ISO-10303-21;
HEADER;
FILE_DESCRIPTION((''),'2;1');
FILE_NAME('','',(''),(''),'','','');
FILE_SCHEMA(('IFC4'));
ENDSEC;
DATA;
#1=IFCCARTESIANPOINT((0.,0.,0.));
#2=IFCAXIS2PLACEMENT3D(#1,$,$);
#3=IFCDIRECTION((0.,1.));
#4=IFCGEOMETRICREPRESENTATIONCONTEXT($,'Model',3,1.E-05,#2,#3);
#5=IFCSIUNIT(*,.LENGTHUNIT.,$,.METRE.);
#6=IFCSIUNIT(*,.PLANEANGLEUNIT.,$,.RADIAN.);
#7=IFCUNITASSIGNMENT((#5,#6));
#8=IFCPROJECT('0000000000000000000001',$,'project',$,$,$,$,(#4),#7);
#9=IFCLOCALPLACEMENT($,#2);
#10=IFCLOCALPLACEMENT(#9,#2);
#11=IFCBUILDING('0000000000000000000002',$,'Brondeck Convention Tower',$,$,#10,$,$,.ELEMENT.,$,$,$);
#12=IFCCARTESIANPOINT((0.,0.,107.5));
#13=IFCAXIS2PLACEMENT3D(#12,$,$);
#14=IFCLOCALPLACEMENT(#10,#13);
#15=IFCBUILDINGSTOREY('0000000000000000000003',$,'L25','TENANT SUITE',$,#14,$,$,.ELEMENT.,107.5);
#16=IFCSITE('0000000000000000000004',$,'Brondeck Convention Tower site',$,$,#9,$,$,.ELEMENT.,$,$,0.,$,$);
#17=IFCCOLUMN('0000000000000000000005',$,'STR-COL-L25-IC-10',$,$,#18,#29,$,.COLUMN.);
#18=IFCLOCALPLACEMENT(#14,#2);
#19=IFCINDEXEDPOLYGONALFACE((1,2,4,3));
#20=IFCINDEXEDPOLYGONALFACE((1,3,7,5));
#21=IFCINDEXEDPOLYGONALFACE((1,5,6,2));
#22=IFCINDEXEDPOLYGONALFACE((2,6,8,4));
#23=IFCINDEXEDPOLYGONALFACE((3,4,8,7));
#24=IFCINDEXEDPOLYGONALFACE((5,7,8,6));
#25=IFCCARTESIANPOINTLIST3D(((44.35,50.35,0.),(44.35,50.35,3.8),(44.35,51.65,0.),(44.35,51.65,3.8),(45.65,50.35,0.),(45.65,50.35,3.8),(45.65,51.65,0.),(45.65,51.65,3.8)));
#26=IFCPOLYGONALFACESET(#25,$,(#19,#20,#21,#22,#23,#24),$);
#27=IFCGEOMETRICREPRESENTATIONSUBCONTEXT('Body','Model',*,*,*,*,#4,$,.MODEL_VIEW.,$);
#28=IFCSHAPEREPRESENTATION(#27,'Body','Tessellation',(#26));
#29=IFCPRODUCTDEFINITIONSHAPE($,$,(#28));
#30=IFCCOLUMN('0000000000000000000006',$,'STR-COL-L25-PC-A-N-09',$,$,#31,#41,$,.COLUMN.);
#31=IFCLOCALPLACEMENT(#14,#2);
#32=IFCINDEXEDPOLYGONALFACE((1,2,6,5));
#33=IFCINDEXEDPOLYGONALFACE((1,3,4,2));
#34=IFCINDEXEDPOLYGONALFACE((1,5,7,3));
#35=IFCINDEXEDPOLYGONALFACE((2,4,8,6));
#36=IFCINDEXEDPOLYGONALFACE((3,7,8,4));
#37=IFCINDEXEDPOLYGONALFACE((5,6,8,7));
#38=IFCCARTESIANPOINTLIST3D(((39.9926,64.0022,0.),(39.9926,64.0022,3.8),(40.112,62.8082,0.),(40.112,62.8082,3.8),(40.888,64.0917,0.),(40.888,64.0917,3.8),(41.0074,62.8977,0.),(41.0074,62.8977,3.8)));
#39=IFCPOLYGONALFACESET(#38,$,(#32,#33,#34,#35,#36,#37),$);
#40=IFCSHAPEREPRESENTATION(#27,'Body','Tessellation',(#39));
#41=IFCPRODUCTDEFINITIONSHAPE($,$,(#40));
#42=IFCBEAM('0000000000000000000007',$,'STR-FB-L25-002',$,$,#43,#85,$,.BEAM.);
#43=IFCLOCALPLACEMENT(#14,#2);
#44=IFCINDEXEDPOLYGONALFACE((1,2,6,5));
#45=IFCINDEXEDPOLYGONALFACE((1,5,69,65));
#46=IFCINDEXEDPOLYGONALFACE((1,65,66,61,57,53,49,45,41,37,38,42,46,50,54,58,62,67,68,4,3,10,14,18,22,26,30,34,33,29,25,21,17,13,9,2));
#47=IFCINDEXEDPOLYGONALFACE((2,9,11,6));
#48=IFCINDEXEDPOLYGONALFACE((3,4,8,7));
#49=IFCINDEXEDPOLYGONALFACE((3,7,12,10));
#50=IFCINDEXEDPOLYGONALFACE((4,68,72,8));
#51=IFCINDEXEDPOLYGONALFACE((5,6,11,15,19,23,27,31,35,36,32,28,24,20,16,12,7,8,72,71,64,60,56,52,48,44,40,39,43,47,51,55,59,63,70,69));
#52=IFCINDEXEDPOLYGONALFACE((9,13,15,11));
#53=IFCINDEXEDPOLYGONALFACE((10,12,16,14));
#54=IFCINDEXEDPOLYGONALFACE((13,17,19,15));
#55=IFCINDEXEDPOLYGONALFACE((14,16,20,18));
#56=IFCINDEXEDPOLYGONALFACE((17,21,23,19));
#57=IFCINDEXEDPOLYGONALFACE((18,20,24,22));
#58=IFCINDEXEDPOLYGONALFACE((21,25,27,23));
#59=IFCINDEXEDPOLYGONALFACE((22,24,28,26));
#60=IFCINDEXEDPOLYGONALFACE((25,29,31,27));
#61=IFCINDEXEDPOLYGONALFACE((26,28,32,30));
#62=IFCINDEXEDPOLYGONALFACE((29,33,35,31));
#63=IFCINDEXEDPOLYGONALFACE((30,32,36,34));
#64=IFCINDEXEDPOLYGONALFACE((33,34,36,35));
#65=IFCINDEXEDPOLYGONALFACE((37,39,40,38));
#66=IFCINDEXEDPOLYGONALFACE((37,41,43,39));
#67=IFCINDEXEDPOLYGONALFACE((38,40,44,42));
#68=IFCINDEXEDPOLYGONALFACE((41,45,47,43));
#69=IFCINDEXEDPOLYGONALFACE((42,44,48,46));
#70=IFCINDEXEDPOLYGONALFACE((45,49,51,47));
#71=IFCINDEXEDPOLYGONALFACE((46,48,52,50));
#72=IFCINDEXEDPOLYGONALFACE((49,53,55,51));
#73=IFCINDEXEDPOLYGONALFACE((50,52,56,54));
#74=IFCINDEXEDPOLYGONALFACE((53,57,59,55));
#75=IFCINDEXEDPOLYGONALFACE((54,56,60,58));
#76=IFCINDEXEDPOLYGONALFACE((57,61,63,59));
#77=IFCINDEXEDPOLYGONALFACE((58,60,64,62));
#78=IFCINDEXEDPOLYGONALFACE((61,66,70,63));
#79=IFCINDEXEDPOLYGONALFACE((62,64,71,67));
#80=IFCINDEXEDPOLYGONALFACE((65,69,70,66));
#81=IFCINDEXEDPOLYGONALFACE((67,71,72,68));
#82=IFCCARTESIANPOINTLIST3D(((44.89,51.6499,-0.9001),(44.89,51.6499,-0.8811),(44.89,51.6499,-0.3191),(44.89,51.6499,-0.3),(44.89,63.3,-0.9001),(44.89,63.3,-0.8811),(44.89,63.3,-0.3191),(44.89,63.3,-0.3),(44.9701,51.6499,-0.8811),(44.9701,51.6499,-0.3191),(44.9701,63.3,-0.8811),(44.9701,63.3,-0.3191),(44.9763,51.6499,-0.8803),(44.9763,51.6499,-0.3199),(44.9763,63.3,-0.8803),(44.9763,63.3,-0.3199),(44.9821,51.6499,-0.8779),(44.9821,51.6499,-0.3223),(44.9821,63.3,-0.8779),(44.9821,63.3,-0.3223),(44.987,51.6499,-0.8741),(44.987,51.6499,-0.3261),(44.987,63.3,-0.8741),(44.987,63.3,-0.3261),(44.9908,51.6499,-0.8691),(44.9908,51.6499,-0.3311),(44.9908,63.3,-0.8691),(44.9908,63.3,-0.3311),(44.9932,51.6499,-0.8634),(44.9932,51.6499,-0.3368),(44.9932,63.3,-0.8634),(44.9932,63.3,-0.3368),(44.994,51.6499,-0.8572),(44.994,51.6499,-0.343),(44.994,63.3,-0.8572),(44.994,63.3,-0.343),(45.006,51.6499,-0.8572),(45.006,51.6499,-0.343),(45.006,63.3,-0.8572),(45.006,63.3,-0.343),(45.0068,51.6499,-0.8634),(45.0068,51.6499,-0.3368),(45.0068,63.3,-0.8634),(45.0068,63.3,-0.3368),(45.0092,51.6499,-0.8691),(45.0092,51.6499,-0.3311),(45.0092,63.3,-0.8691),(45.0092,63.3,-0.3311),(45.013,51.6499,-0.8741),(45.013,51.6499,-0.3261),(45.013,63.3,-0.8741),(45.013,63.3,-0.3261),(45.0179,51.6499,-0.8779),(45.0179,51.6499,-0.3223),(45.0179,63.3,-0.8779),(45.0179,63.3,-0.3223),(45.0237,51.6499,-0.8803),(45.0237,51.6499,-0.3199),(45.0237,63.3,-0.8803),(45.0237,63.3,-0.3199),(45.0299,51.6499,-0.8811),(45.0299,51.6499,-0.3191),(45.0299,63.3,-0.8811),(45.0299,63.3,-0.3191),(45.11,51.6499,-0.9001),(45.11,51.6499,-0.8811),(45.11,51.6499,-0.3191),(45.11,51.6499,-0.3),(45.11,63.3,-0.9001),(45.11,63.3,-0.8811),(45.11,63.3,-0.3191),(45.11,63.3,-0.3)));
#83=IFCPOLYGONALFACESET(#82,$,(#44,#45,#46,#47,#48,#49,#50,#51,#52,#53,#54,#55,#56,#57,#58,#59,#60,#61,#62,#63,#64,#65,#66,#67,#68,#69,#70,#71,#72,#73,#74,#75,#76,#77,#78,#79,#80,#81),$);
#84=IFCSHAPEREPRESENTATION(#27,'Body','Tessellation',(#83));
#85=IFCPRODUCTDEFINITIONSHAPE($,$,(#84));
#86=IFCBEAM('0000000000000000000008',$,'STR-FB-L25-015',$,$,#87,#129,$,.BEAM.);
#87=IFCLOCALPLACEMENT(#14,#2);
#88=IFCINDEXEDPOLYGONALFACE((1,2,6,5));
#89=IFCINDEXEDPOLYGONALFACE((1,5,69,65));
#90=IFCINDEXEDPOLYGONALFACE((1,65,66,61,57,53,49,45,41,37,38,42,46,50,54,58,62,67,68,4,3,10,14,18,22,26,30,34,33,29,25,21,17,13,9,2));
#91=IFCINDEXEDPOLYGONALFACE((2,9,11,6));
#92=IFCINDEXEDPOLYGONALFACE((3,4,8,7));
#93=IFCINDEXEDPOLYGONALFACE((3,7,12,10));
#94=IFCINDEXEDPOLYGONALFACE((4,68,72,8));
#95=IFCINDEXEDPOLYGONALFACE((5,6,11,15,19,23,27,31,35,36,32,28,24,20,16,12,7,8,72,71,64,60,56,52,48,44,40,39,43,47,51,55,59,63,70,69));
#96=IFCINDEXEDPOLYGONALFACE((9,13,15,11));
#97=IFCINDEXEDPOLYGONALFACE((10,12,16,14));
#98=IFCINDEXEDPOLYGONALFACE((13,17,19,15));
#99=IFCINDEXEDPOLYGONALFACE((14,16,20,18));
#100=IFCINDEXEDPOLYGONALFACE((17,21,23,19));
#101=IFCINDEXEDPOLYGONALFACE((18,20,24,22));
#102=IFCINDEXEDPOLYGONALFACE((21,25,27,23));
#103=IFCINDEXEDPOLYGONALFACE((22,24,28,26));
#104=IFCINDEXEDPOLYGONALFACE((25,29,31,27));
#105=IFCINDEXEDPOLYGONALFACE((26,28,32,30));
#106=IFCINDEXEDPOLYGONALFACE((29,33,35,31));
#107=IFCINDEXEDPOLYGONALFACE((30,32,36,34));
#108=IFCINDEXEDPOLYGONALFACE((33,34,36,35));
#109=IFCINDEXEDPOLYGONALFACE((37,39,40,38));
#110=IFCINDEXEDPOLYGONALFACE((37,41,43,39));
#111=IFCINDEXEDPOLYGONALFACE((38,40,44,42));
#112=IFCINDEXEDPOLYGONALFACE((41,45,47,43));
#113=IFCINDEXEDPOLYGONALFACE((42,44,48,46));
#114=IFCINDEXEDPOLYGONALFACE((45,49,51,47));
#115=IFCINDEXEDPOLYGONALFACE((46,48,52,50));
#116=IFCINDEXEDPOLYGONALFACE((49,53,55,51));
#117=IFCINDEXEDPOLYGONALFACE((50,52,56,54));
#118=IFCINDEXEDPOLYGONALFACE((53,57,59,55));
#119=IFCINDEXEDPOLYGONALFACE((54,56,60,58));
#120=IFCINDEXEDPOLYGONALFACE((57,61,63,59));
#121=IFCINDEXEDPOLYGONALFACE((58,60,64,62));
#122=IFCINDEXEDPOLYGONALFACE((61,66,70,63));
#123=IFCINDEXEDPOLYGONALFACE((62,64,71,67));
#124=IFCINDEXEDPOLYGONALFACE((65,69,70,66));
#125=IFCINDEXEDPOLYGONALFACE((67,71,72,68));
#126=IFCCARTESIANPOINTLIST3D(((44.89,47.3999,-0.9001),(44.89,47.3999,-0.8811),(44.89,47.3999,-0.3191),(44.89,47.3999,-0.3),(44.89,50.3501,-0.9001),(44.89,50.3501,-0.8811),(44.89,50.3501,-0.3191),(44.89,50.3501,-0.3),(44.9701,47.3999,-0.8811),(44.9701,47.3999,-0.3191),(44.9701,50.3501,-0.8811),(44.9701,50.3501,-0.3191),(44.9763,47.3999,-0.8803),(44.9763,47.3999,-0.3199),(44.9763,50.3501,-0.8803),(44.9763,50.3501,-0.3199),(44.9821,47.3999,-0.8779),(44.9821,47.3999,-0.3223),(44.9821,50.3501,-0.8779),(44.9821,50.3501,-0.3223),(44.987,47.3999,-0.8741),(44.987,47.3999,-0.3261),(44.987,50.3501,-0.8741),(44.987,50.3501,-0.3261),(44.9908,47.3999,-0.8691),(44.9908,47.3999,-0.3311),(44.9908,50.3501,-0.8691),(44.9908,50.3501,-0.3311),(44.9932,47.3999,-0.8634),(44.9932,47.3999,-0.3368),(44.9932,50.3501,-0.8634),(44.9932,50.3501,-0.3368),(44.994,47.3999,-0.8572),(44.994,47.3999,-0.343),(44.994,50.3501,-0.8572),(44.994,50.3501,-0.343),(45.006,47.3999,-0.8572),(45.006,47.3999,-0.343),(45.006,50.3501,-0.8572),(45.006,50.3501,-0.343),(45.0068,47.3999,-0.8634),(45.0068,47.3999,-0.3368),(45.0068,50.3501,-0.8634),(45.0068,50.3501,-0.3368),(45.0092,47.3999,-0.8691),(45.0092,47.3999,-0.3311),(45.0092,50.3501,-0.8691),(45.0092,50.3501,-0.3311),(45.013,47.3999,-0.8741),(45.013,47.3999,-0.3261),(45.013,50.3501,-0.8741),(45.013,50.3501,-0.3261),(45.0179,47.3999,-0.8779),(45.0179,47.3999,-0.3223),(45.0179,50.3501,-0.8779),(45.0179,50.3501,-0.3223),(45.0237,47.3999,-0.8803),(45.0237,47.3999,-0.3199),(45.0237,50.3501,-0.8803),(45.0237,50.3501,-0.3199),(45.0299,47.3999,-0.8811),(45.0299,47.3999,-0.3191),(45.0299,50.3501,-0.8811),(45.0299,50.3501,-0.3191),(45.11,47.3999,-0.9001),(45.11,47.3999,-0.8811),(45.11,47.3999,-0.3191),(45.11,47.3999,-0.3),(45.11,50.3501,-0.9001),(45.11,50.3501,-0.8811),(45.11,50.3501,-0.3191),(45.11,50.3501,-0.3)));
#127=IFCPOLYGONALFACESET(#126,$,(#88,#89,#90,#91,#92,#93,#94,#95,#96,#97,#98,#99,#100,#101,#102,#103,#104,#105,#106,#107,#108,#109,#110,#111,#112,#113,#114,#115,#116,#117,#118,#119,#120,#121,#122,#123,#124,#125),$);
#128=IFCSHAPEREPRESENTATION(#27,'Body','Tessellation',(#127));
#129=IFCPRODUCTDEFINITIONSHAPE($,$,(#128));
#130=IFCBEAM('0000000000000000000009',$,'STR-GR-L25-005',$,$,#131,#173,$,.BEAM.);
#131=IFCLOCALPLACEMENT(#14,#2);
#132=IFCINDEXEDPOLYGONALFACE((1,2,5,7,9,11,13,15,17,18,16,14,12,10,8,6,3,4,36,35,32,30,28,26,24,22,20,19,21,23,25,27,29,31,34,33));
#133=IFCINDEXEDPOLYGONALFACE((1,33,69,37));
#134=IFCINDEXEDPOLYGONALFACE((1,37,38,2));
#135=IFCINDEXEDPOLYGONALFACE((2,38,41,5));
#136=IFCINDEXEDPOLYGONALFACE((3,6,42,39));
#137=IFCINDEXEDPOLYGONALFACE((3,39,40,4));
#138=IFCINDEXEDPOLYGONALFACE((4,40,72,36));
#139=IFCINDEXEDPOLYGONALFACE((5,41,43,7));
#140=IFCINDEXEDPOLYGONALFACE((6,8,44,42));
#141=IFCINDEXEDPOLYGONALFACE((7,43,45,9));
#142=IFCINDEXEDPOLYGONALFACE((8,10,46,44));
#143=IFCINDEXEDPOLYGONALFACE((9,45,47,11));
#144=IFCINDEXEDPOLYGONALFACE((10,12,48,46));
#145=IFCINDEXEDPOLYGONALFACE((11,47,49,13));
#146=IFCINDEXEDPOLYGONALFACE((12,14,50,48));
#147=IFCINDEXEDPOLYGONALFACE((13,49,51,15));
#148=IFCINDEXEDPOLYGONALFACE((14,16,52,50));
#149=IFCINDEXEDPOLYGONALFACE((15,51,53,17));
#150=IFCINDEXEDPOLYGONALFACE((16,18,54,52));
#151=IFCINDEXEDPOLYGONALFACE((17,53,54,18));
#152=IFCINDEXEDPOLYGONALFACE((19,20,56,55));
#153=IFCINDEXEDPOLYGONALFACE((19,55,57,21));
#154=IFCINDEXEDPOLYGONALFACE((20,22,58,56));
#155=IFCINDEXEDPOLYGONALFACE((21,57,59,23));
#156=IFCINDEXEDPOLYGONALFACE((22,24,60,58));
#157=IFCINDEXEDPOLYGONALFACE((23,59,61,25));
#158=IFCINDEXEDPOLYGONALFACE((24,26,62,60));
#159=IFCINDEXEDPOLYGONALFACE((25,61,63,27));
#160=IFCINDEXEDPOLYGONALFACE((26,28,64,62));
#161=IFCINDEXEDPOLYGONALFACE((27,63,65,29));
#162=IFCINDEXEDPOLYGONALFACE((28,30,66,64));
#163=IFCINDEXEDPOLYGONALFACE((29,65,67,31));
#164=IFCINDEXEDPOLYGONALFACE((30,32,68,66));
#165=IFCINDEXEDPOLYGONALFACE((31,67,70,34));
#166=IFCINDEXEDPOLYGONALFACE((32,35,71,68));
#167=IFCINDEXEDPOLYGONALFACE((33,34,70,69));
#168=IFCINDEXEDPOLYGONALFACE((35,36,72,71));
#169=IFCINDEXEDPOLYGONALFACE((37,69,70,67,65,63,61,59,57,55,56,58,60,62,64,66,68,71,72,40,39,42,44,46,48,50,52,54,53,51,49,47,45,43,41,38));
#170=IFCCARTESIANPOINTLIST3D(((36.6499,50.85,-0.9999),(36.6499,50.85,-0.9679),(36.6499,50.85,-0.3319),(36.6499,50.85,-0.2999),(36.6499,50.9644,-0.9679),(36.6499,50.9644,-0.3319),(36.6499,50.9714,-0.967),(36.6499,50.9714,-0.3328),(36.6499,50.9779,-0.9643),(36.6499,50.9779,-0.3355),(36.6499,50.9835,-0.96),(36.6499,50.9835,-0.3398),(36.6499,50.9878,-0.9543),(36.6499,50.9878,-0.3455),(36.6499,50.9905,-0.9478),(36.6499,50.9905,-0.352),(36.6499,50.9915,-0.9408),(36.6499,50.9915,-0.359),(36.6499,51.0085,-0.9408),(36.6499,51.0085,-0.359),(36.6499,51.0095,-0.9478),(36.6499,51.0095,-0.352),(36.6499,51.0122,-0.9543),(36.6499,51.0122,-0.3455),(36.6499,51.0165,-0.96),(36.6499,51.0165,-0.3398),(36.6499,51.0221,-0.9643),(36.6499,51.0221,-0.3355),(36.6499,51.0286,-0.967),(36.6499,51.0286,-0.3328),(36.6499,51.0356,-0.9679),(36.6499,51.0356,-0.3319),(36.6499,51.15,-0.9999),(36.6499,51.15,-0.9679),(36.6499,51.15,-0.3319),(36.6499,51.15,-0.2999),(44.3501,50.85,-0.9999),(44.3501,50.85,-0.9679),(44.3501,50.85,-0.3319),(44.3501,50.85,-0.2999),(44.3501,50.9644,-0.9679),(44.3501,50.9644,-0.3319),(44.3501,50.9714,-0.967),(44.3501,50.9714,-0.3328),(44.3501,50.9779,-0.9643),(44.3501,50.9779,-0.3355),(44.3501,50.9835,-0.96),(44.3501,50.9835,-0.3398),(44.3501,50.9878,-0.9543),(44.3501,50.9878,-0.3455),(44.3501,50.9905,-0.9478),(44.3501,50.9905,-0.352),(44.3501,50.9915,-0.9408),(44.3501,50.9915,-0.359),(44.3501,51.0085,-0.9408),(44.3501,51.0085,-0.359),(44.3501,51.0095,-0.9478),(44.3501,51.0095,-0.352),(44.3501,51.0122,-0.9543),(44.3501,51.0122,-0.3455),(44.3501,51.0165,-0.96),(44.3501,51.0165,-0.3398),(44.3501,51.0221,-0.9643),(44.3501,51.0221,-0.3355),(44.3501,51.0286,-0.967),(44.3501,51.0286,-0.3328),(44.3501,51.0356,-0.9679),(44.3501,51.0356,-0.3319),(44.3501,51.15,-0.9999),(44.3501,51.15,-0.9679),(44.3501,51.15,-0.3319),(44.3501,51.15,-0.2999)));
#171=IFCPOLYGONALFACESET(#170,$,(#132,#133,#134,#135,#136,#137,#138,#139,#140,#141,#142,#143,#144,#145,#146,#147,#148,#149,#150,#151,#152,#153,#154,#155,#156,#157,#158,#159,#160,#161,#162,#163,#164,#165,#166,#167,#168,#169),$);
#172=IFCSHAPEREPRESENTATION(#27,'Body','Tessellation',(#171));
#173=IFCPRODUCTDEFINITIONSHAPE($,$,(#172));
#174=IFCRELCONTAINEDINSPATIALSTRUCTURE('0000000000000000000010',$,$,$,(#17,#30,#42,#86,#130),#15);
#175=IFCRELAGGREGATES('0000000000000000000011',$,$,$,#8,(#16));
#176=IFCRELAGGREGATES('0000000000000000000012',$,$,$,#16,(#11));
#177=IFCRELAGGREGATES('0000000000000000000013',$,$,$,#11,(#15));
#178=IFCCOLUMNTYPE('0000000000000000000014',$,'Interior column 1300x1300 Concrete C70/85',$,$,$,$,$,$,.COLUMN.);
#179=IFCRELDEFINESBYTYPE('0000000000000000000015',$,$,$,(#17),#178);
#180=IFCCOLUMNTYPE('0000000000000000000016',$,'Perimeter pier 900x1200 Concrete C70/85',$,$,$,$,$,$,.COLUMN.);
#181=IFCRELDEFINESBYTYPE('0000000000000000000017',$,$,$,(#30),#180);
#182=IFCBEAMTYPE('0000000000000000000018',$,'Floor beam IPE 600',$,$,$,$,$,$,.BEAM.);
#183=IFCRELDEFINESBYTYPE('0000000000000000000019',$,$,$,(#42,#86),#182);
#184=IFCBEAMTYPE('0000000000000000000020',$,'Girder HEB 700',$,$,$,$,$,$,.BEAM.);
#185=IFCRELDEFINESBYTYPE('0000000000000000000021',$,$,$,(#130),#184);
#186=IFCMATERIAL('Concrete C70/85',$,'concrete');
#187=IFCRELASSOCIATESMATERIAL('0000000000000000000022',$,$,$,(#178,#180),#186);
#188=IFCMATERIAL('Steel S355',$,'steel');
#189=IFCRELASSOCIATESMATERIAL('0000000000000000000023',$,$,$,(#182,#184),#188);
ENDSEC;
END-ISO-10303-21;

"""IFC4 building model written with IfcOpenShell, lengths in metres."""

from ifc_helpers import new_model, si_unit, direction, frame, origin, origin_2d, place, context, subcontext, project, spatial, rectangle, i_section, extrude, material, material_profile, profile_set, type_object, element, save


model = new_model("IFC4")

# Units and contexts
model_context = context("Model", 3, precision=1e-05, world=origin(), true_north=direction((0.0, 1.0)))
body_context = subcontext(model_context, "Body", "Model", "MODEL_VIEW")
ifc_project = project(units=[si_unit("LENGTHUNIT", "METRE"), si_unit("PLANEANGLEUNIT", "RADIAN")], contexts=[model_context])

# Site, building, storey
site_placement = place(None, origin())
site = spatial("IfcSite", under=ifc_project, at=site_placement, Name="Brondeck Convention Tower site", CompositionType="ELEMENT", RefElevation=0.0)
building_placement = place(site_placement, origin())
building = spatial("IfcBuilding", under=site, at=building_placement, Name="Brondeck Convention Tower", CompositionType="ELEMENT")
storey_placement = place(building_placement, frame((0.0, 0.0, 107.5)))
storey = spatial("IfcBuildingStorey", under=building, at=storey_placement, Name="L25", Description="TENANT SUITE", CompositionType="ELEMENT", Elevation=107.5)

# Columns
ifc_material_1 = material(Name="Concrete C70/85", Category="concrete")
ifc_material_profile_1 = material_profile(ifc_material_1, rectangle(XDim=1.3, YDim=1.3, at=origin_2d()), Name="Interior column 1300x1300 Concrete C70/85")
ifc_profile_set_1 = profile_set([ifc_material_profile_1], Name="Concrete C70/85")
column_type_1 = type_object("IfcColumnType", Name="Interior column 1300x1300 Concrete C70/85", PredefinedType="COLUMN", material=ifc_profile_set_1)
column_1_placement = place(storey_placement, frame((45.0, 51.0, 0.0), z_axis=(0.0, 0.0, 1.0), x_axis=(1.0, 0.0, 0.0)))
element("IfcColumn", 1, at=column_1_placement, inside=storey, type_object=column_type_1, Name="STR-COL-L25-IC-10", PredefinedType="COLUMN", context=body_context, shape_type="SweptSolid", body=[
    extrude(rectangle(XDim=1.3, YDim=1.3, at=origin_2d()), origin(), (0.0, 0.0, 1.0), 3.8),
])
ifc_material_profile_2 = material_profile(ifc_material_1, rectangle(XDim=0.8999, YDim=1.2, at=origin_2d()), Name="Perimeter pier 900x1200 Concrete C70/85")
ifc_profile_set_2 = profile_set([ifc_material_profile_2], Name="Concrete C70/85")
column_type_2 = type_object("IfcColumnType", Name="Perimeter pier 900x1200 Concrete C70/85", PredefinedType="COLUMN", material=ifc_profile_set_2)
column_2_placement = place(storey_placement, frame((40.5, 63.45, 0.0), z_axis=(0.0, 0.0, 1.0), x_axis=(-0.995037, -0.099504, 0.0)))
element("IfcColumn", 2, at=column_2_placement, inside=storey, type_object=column_type_2, Name="STR-COL-L25-PC-A-N-09", PredefinedType="COLUMN", context=body_context, shape_type="SweptSolid", body=[
    extrude(rectangle(XDim=0.8999, YDim=1.2, at=origin_2d()), origin(), (0.0, 0.0, 1.0), 3.8),
])

# Beams
ifc_material_2 = material(Name="Steel S355", Category="steel")
ifc_material_profile_3 = material_profile(ifc_material_2, i_section(OverallWidth=0.22, OverallDepth=0.6001, WebThickness=0.012, FlangeThickness=0.019, FilletRadius=0.0239, at=origin_2d()), Name="IPE 600")
ifc_profile_set_3 = profile_set([ifc_material_profile_3], Name="Steel S355")
beam_type_1 = type_object("IfcBeamType", Name="Floor beam IPE 600", PredefinedType="BEAM", material=ifc_profile_set_3)
beam_1_placement = place(storey_placement, frame((45.0, 51.6499, -0.6001), z_axis=(0.0, 1.0, 0.0), x_axis=(-1.0, 0.0, 0.0)))
element("IfcBeam", 3, at=beam_1_placement, inside=storey, type_object=beam_type_1, Name="STR-FB-L25-002", PredefinedType="BEAM", context=body_context, shape_type="SweptSolid", body=[
    extrude(i_section(OverallWidth=0.22, OverallDepth=0.6001, WebThickness=0.012, FlangeThickness=0.019, FilletRadius=0.0239, at=origin_2d()), origin(), (0.0, 0.0, 1.0), 11.6501),
])
beam_2_placement = place(storey_placement, frame((45.0, 47.3999, -0.6001), z_axis=(0.0, 1.0, 0.0), x_axis=(-1.0, 0.0, 0.0)))
element("IfcBeam", 4, at=beam_2_placement, inside=storey, type_object=beam_type_1, Name="STR-FB-L25-015", PredefinedType="BEAM", context=body_context, shape_type="SweptSolid", body=[
    extrude(i_section(OverallWidth=0.22, OverallDepth=0.6001, WebThickness=0.012, FlangeThickness=0.019, FilletRadius=0.0239, at=origin_2d()), origin(), (0.0, 0.0, 1.0), 2.9502),
])
ifc_material_profile_4 = material_profile(ifc_material_2, i_section(OverallWidth=0.3, OverallDepth=0.7, WebThickness=0.0171, FlangeThickness=0.032, FilletRadius=0.0271, at=origin_2d()), Name="HEB 700")
ifc_profile_set_4 = profile_set([ifc_material_profile_4], Name="Steel S355")
beam_type_2 = type_object("IfcBeamType", Name="Girder HEB 700", PredefinedType="BEAM", material=ifc_profile_set_4)
beam_3_placement = place(storey_placement, frame((36.6499, 51.0, -0.6499), z_axis=(1.0, 0.0, 0.0), x_axis=(0.0, 1.0, 0.0)))
element("IfcBeam", 5, at=beam_3_placement, inside=storey, type_object=beam_type_2, Name="STR-GR-L25-005", PredefinedType="BEAM", context=body_context, shape_type="SweptSolid", body=[
    extrude(i_section(OverallWidth=0.3, OverallDepth=0.7, WebThickness=0.0171, FlangeThickness=0.032, FilletRadius=0.0271, at=origin_2d()), origin(), (0.0, 0.0, 1.0), 7.7002),
])

save(model, "model.ifc")
